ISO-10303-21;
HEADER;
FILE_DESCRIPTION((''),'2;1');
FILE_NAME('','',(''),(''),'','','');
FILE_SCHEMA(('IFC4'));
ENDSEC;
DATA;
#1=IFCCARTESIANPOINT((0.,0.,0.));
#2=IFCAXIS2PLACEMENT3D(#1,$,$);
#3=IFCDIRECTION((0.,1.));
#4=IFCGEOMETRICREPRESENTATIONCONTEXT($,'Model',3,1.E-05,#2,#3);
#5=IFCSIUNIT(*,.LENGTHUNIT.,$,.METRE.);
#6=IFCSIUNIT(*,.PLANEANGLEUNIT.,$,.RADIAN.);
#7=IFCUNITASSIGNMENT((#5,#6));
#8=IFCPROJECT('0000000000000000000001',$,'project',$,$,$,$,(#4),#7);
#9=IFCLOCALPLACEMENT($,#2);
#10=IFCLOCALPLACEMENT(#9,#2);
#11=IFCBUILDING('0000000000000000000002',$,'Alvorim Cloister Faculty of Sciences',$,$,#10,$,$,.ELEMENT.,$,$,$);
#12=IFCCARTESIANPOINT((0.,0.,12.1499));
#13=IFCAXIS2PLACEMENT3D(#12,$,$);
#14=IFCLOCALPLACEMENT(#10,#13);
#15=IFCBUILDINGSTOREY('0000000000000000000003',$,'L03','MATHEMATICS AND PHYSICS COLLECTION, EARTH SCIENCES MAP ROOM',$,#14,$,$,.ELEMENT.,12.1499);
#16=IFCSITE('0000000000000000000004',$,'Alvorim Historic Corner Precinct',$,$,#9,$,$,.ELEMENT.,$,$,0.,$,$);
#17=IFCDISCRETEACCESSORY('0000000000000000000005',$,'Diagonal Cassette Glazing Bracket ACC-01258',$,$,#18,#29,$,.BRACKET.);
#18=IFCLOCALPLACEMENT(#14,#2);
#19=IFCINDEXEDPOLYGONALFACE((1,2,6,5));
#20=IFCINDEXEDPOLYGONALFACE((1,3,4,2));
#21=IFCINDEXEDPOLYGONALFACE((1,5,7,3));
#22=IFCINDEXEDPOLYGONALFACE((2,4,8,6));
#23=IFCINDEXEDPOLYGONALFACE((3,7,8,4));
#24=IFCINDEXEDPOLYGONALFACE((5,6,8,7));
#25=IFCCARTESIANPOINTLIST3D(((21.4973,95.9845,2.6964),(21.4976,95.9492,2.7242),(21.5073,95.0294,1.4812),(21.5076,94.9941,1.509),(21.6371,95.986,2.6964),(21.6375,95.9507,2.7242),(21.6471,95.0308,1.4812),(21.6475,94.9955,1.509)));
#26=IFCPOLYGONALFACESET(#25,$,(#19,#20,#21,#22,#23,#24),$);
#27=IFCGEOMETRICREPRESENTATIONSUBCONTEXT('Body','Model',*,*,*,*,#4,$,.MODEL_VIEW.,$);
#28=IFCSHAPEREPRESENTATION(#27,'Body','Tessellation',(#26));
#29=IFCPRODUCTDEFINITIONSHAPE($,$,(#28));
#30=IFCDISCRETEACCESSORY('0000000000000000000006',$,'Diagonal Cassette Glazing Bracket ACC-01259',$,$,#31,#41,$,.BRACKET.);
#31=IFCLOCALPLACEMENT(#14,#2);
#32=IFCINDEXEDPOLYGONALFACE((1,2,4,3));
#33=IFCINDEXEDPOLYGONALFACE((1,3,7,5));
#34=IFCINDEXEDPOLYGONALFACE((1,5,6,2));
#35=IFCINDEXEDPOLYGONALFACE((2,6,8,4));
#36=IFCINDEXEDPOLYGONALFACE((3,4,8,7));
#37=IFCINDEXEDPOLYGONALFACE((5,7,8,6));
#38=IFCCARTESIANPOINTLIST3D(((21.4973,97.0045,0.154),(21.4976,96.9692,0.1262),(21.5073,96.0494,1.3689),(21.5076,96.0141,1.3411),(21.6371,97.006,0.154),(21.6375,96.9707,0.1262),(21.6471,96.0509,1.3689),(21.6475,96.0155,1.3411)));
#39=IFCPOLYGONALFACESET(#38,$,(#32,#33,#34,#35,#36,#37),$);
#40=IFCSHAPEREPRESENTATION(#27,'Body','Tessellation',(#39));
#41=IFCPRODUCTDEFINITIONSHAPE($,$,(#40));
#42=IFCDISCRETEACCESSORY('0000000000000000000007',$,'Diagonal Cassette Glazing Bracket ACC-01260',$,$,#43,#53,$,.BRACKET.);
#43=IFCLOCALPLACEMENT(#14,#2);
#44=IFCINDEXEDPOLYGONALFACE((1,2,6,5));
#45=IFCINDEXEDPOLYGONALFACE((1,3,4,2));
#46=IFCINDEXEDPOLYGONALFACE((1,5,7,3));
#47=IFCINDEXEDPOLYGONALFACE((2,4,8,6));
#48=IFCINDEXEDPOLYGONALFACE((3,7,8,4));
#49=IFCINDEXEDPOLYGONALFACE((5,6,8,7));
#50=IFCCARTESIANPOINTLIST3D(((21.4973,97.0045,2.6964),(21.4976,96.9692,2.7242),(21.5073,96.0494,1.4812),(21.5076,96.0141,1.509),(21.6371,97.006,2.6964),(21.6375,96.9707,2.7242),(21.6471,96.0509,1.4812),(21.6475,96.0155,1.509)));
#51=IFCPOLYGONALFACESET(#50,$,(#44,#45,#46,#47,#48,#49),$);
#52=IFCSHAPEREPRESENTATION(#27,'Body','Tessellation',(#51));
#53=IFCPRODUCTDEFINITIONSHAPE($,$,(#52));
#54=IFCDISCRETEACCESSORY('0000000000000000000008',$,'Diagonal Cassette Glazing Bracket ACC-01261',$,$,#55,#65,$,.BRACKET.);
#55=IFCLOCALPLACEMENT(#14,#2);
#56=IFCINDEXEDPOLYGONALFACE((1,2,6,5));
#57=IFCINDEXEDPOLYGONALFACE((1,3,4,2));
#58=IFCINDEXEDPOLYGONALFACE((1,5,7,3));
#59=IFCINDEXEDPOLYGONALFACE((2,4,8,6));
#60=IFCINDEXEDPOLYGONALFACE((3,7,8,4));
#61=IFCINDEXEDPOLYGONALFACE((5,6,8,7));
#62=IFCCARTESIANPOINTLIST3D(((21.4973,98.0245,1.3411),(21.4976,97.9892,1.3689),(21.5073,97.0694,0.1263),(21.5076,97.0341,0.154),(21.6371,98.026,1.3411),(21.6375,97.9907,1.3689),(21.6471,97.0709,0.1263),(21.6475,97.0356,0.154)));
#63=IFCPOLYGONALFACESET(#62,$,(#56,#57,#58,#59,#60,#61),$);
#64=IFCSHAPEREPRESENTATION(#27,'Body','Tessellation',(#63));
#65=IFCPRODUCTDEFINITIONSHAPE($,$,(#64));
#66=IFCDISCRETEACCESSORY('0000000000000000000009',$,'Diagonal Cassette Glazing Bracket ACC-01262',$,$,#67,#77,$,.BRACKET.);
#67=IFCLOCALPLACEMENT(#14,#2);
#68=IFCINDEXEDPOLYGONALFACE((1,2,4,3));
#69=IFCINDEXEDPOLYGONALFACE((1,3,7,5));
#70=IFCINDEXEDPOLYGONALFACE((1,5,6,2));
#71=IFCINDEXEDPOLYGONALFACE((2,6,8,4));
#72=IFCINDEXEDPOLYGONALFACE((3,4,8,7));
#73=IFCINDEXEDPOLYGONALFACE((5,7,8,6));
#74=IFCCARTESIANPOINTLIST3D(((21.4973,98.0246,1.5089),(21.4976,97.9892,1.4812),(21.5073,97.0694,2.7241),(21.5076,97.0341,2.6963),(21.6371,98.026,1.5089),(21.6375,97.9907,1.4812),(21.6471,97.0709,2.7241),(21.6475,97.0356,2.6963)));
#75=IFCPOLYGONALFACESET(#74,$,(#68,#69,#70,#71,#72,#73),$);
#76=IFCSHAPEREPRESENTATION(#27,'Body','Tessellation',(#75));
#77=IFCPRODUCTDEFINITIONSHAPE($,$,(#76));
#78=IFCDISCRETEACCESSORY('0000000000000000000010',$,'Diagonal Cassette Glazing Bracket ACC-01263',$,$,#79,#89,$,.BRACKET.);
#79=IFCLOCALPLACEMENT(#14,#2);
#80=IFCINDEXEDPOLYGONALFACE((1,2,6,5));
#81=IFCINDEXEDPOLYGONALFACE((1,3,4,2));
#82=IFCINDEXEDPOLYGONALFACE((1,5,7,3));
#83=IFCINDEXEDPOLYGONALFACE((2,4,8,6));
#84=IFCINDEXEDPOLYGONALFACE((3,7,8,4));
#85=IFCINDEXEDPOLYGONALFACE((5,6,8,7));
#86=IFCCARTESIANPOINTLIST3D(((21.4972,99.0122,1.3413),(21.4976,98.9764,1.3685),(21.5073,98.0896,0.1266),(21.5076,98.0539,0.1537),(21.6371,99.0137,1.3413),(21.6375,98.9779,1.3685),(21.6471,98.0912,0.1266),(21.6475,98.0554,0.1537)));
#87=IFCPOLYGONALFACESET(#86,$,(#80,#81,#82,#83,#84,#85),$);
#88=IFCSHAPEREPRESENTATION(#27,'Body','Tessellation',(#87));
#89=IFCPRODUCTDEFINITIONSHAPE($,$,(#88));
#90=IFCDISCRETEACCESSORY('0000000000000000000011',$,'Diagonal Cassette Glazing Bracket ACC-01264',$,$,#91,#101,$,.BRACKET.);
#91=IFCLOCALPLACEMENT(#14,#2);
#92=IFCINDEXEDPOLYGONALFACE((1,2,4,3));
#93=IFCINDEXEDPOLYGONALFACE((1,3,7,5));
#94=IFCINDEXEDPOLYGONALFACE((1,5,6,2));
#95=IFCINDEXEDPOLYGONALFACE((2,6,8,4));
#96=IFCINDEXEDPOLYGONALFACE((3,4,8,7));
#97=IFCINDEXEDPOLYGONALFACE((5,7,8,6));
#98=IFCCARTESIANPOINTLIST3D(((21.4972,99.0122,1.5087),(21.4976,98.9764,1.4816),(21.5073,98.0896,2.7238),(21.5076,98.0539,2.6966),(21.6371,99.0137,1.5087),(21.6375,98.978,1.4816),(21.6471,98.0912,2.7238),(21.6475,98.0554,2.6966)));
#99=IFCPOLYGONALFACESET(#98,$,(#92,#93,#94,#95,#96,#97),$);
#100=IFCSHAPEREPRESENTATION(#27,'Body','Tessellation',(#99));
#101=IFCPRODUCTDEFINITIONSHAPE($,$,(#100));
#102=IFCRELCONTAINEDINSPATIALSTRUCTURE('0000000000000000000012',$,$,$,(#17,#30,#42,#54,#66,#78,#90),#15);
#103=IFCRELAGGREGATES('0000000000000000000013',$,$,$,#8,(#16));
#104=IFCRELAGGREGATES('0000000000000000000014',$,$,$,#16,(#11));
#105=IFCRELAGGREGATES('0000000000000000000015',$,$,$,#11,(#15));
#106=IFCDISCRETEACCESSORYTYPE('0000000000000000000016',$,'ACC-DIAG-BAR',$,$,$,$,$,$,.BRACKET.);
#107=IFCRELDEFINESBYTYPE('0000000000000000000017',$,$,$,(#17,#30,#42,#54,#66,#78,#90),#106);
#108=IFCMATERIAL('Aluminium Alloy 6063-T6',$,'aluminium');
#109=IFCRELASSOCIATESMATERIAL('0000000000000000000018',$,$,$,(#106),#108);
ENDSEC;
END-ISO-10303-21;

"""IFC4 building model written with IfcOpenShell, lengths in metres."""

from ifc_helpers import new_model, si_unit, direction, frame, origin, origin_2d, place, context, subcontext, project, spatial, rectangle, extrude, material, type_object, element, save


model = new_model("IFC4")

# Units and contexts
model_context = context("Model", 3, precision=1e-05, world=origin(), true_north=direction((0.0, 1.0)))
body_context = subcontext(model_context, "Body", "Model", "MODEL_VIEW")
ifc_project = project(units=[si_unit("LENGTHUNIT", "METRE"), si_unit("PLANEANGLEUNIT", "RADIAN")], contexts=[model_context])

# Site, building, storey
site_placement = place(None, origin())
site = spatial("IfcSite", under=ifc_project, at=site_placement, Name="Alvorim Historic Corner Precinct", CompositionType="ELEMENT", RefElevation=0.0)
building_placement = place(site_placement, origin())
building = spatial("IfcBuilding", under=site, at=building_placement, Name="Alvorim Cloister Faculty of Sciences", CompositionType="ELEMENT")
storey_placement = place(building_placement, frame((0.0, 0.0, 12.1499)))
storey = spatial("IfcBuildingStorey", under=building, at=storey_placement, Name="L03", Description="MATHEMATICS AND PHYSICS COLLECTION, EARTH SCIENCES MAP ROOM", CompositionType="ELEMENT", Elevation=12.1499)

# Shared definitions
ifc_material_1 = material(Name="Aluminium Alloy 6063-T6", Category="aluminium")

# Discrete accessories
discrete_accessory_type = type_object("IfcDiscreteAccessoryType", Name="ACC-DIAG-BAR", PredefinedType="BRACKET", material=ifc_material_1)
discrete_accessory_1_placement = place(storey_placement, frame((21.5774, 95.0125, 1.4951), z_axis=(-0.006477, 0.617955, 0.786187), x_axis=(-0.999945, -0.01048, 0.0)))
element("IfcDiscreteAccessory", 1, at=discrete_accessory_1_placement, inside=storey, type_object=discrete_accessory_type, Name="Diagonal Cassette Glazing Bracket ACC-01258", PredefinedType="BRACKET", context=body_context, shape_type="SweptSolid", body=[
    extrude(rectangle(XDim=0.1399, YDim=0.0449, at=origin_2d()), origin(), (0.0, 0.0, 1.0), 1.5457),
])
discrete_accessory_2_placement = place(storey_placement, frame((21.5774, 96.0325, 1.355), z_axis=(-0.006477, 0.618032, -0.786126), x_axis=(-0.999945, -0.01048, 0.0)))
element("IfcDiscreteAccessory", 2, at=discrete_accessory_2_placement, inside=storey, type_object=discrete_accessory_type, Name="Diagonal Cassette Glazing Bracket ACC-01259", PredefinedType="BRACKET", context=body_context, shape_type="SweptSolid", body=[
    extrude(rectangle(XDim=0.1399, YDim=0.0449, at=origin_2d()), origin(), (0.0, 0.0, 1.0), 1.5454),
])
discrete_accessory_3_placement = place(storey_placement, frame((21.5774, 96.0325, 1.4951), z_axis=(-0.006477, 0.617955, 0.786187), x_axis=(-0.999945, -0.01048, 0.0)))
element("IfcDiscreteAccessory", 3, at=discrete_accessory_3_placement, inside=storey, type_object=discrete_accessory_type, Name="Diagonal Cassette Glazing Bracket ACC-01260", PredefinedType="BRACKET", context=body_context, shape_type="SweptSolid", body=[
    extrude(rectangle(XDim=0.1399, YDim=0.0449, at=origin_2d()), origin(), (0.0, 0.0, 1.0), 1.5457),
])
discrete_accessory_4_placement = place(storey_placement, frame((21.5774, 97.0525, 0.1401), z_axis=(-0.006477, 0.618032, 0.786126), x_axis=(-0.999945, -0.01048, 0.0)))
element("IfcDiscreteAccessory", 4, at=discrete_accessory_4_placement, inside=storey, type_object=discrete_accessory_type, Name="Diagonal Cassette Glazing Bracket ACC-01261", PredefinedType="BRACKET", context=body_context, shape_type="SweptSolid", body=[
    extrude(rectangle(XDim=0.1399, YDim=0.0449, at=origin_2d()), origin(), (0.0, 0.0, 1.0), 1.5454),
])
discrete_accessory_5_placement = place(storey_placement, frame((21.5774, 97.0525, 2.7102), z_axis=(-0.006477, 0.617955, -0.786187), x_axis=(-0.999945, -0.01048, 0.0)))
element("IfcDiscreteAccessory", 5, at=discrete_accessory_5_placement, inside=storey, type_object=discrete_accessory_type, Name="Diagonal Cassette Glazing Bracket ACC-01262", PredefinedType="BRACKET", context=body_context, shape_type="SweptSolid", body=[
    extrude(rectangle(XDim=0.1399, YDim=0.0449, at=origin_2d()), origin(), (0.0, 0.0, 1.0), 1.5457),
])
discrete_accessory_6_placement = place(storey_placement, frame((21.5774, 98.0725, 0.1401), z_axis=(-0.006562, 0.60479, 0.796358), x_axis=(-0.999941, -0.010849, 0.0)))
element("IfcDiscreteAccessory", 6, at=discrete_accessory_6_placement, inside=storey, type_object=discrete_accessory_type, Name="Diagonal Cassette Glazing Bracket ACC-01263", PredefinedType="BRACKET", context=body_context, shape_type="SweptSolid", body=[
    extrude(rectangle(XDim=0.1399, YDim=0.0449, at=origin_2d()), origin(), (0.0, 0.0, 1.0), 1.5254),
])
discrete_accessory_7_placement = place(storey_placement, frame((21.5774, 98.0725, 2.7102), z_axis=(-0.006561, 0.604713, -0.796416), x_axis=(-0.999941, -0.010849, 0.0)))
element("IfcDiscreteAccessory", 7, at=discrete_accessory_7_placement, inside=storey, type_object=discrete_accessory_type, Name="Diagonal Cassette Glazing Bracket ACC-01264", PredefinedType="BRACKET", context=body_context, shape_type="SweptSolid", body=[
    extrude(rectangle(XDim=0.1399, YDim=0.0449, at=origin_2d()), origin(), (0.0, 0.0, 1.0), 1.5256),
])

save(model, "model.ifc")
